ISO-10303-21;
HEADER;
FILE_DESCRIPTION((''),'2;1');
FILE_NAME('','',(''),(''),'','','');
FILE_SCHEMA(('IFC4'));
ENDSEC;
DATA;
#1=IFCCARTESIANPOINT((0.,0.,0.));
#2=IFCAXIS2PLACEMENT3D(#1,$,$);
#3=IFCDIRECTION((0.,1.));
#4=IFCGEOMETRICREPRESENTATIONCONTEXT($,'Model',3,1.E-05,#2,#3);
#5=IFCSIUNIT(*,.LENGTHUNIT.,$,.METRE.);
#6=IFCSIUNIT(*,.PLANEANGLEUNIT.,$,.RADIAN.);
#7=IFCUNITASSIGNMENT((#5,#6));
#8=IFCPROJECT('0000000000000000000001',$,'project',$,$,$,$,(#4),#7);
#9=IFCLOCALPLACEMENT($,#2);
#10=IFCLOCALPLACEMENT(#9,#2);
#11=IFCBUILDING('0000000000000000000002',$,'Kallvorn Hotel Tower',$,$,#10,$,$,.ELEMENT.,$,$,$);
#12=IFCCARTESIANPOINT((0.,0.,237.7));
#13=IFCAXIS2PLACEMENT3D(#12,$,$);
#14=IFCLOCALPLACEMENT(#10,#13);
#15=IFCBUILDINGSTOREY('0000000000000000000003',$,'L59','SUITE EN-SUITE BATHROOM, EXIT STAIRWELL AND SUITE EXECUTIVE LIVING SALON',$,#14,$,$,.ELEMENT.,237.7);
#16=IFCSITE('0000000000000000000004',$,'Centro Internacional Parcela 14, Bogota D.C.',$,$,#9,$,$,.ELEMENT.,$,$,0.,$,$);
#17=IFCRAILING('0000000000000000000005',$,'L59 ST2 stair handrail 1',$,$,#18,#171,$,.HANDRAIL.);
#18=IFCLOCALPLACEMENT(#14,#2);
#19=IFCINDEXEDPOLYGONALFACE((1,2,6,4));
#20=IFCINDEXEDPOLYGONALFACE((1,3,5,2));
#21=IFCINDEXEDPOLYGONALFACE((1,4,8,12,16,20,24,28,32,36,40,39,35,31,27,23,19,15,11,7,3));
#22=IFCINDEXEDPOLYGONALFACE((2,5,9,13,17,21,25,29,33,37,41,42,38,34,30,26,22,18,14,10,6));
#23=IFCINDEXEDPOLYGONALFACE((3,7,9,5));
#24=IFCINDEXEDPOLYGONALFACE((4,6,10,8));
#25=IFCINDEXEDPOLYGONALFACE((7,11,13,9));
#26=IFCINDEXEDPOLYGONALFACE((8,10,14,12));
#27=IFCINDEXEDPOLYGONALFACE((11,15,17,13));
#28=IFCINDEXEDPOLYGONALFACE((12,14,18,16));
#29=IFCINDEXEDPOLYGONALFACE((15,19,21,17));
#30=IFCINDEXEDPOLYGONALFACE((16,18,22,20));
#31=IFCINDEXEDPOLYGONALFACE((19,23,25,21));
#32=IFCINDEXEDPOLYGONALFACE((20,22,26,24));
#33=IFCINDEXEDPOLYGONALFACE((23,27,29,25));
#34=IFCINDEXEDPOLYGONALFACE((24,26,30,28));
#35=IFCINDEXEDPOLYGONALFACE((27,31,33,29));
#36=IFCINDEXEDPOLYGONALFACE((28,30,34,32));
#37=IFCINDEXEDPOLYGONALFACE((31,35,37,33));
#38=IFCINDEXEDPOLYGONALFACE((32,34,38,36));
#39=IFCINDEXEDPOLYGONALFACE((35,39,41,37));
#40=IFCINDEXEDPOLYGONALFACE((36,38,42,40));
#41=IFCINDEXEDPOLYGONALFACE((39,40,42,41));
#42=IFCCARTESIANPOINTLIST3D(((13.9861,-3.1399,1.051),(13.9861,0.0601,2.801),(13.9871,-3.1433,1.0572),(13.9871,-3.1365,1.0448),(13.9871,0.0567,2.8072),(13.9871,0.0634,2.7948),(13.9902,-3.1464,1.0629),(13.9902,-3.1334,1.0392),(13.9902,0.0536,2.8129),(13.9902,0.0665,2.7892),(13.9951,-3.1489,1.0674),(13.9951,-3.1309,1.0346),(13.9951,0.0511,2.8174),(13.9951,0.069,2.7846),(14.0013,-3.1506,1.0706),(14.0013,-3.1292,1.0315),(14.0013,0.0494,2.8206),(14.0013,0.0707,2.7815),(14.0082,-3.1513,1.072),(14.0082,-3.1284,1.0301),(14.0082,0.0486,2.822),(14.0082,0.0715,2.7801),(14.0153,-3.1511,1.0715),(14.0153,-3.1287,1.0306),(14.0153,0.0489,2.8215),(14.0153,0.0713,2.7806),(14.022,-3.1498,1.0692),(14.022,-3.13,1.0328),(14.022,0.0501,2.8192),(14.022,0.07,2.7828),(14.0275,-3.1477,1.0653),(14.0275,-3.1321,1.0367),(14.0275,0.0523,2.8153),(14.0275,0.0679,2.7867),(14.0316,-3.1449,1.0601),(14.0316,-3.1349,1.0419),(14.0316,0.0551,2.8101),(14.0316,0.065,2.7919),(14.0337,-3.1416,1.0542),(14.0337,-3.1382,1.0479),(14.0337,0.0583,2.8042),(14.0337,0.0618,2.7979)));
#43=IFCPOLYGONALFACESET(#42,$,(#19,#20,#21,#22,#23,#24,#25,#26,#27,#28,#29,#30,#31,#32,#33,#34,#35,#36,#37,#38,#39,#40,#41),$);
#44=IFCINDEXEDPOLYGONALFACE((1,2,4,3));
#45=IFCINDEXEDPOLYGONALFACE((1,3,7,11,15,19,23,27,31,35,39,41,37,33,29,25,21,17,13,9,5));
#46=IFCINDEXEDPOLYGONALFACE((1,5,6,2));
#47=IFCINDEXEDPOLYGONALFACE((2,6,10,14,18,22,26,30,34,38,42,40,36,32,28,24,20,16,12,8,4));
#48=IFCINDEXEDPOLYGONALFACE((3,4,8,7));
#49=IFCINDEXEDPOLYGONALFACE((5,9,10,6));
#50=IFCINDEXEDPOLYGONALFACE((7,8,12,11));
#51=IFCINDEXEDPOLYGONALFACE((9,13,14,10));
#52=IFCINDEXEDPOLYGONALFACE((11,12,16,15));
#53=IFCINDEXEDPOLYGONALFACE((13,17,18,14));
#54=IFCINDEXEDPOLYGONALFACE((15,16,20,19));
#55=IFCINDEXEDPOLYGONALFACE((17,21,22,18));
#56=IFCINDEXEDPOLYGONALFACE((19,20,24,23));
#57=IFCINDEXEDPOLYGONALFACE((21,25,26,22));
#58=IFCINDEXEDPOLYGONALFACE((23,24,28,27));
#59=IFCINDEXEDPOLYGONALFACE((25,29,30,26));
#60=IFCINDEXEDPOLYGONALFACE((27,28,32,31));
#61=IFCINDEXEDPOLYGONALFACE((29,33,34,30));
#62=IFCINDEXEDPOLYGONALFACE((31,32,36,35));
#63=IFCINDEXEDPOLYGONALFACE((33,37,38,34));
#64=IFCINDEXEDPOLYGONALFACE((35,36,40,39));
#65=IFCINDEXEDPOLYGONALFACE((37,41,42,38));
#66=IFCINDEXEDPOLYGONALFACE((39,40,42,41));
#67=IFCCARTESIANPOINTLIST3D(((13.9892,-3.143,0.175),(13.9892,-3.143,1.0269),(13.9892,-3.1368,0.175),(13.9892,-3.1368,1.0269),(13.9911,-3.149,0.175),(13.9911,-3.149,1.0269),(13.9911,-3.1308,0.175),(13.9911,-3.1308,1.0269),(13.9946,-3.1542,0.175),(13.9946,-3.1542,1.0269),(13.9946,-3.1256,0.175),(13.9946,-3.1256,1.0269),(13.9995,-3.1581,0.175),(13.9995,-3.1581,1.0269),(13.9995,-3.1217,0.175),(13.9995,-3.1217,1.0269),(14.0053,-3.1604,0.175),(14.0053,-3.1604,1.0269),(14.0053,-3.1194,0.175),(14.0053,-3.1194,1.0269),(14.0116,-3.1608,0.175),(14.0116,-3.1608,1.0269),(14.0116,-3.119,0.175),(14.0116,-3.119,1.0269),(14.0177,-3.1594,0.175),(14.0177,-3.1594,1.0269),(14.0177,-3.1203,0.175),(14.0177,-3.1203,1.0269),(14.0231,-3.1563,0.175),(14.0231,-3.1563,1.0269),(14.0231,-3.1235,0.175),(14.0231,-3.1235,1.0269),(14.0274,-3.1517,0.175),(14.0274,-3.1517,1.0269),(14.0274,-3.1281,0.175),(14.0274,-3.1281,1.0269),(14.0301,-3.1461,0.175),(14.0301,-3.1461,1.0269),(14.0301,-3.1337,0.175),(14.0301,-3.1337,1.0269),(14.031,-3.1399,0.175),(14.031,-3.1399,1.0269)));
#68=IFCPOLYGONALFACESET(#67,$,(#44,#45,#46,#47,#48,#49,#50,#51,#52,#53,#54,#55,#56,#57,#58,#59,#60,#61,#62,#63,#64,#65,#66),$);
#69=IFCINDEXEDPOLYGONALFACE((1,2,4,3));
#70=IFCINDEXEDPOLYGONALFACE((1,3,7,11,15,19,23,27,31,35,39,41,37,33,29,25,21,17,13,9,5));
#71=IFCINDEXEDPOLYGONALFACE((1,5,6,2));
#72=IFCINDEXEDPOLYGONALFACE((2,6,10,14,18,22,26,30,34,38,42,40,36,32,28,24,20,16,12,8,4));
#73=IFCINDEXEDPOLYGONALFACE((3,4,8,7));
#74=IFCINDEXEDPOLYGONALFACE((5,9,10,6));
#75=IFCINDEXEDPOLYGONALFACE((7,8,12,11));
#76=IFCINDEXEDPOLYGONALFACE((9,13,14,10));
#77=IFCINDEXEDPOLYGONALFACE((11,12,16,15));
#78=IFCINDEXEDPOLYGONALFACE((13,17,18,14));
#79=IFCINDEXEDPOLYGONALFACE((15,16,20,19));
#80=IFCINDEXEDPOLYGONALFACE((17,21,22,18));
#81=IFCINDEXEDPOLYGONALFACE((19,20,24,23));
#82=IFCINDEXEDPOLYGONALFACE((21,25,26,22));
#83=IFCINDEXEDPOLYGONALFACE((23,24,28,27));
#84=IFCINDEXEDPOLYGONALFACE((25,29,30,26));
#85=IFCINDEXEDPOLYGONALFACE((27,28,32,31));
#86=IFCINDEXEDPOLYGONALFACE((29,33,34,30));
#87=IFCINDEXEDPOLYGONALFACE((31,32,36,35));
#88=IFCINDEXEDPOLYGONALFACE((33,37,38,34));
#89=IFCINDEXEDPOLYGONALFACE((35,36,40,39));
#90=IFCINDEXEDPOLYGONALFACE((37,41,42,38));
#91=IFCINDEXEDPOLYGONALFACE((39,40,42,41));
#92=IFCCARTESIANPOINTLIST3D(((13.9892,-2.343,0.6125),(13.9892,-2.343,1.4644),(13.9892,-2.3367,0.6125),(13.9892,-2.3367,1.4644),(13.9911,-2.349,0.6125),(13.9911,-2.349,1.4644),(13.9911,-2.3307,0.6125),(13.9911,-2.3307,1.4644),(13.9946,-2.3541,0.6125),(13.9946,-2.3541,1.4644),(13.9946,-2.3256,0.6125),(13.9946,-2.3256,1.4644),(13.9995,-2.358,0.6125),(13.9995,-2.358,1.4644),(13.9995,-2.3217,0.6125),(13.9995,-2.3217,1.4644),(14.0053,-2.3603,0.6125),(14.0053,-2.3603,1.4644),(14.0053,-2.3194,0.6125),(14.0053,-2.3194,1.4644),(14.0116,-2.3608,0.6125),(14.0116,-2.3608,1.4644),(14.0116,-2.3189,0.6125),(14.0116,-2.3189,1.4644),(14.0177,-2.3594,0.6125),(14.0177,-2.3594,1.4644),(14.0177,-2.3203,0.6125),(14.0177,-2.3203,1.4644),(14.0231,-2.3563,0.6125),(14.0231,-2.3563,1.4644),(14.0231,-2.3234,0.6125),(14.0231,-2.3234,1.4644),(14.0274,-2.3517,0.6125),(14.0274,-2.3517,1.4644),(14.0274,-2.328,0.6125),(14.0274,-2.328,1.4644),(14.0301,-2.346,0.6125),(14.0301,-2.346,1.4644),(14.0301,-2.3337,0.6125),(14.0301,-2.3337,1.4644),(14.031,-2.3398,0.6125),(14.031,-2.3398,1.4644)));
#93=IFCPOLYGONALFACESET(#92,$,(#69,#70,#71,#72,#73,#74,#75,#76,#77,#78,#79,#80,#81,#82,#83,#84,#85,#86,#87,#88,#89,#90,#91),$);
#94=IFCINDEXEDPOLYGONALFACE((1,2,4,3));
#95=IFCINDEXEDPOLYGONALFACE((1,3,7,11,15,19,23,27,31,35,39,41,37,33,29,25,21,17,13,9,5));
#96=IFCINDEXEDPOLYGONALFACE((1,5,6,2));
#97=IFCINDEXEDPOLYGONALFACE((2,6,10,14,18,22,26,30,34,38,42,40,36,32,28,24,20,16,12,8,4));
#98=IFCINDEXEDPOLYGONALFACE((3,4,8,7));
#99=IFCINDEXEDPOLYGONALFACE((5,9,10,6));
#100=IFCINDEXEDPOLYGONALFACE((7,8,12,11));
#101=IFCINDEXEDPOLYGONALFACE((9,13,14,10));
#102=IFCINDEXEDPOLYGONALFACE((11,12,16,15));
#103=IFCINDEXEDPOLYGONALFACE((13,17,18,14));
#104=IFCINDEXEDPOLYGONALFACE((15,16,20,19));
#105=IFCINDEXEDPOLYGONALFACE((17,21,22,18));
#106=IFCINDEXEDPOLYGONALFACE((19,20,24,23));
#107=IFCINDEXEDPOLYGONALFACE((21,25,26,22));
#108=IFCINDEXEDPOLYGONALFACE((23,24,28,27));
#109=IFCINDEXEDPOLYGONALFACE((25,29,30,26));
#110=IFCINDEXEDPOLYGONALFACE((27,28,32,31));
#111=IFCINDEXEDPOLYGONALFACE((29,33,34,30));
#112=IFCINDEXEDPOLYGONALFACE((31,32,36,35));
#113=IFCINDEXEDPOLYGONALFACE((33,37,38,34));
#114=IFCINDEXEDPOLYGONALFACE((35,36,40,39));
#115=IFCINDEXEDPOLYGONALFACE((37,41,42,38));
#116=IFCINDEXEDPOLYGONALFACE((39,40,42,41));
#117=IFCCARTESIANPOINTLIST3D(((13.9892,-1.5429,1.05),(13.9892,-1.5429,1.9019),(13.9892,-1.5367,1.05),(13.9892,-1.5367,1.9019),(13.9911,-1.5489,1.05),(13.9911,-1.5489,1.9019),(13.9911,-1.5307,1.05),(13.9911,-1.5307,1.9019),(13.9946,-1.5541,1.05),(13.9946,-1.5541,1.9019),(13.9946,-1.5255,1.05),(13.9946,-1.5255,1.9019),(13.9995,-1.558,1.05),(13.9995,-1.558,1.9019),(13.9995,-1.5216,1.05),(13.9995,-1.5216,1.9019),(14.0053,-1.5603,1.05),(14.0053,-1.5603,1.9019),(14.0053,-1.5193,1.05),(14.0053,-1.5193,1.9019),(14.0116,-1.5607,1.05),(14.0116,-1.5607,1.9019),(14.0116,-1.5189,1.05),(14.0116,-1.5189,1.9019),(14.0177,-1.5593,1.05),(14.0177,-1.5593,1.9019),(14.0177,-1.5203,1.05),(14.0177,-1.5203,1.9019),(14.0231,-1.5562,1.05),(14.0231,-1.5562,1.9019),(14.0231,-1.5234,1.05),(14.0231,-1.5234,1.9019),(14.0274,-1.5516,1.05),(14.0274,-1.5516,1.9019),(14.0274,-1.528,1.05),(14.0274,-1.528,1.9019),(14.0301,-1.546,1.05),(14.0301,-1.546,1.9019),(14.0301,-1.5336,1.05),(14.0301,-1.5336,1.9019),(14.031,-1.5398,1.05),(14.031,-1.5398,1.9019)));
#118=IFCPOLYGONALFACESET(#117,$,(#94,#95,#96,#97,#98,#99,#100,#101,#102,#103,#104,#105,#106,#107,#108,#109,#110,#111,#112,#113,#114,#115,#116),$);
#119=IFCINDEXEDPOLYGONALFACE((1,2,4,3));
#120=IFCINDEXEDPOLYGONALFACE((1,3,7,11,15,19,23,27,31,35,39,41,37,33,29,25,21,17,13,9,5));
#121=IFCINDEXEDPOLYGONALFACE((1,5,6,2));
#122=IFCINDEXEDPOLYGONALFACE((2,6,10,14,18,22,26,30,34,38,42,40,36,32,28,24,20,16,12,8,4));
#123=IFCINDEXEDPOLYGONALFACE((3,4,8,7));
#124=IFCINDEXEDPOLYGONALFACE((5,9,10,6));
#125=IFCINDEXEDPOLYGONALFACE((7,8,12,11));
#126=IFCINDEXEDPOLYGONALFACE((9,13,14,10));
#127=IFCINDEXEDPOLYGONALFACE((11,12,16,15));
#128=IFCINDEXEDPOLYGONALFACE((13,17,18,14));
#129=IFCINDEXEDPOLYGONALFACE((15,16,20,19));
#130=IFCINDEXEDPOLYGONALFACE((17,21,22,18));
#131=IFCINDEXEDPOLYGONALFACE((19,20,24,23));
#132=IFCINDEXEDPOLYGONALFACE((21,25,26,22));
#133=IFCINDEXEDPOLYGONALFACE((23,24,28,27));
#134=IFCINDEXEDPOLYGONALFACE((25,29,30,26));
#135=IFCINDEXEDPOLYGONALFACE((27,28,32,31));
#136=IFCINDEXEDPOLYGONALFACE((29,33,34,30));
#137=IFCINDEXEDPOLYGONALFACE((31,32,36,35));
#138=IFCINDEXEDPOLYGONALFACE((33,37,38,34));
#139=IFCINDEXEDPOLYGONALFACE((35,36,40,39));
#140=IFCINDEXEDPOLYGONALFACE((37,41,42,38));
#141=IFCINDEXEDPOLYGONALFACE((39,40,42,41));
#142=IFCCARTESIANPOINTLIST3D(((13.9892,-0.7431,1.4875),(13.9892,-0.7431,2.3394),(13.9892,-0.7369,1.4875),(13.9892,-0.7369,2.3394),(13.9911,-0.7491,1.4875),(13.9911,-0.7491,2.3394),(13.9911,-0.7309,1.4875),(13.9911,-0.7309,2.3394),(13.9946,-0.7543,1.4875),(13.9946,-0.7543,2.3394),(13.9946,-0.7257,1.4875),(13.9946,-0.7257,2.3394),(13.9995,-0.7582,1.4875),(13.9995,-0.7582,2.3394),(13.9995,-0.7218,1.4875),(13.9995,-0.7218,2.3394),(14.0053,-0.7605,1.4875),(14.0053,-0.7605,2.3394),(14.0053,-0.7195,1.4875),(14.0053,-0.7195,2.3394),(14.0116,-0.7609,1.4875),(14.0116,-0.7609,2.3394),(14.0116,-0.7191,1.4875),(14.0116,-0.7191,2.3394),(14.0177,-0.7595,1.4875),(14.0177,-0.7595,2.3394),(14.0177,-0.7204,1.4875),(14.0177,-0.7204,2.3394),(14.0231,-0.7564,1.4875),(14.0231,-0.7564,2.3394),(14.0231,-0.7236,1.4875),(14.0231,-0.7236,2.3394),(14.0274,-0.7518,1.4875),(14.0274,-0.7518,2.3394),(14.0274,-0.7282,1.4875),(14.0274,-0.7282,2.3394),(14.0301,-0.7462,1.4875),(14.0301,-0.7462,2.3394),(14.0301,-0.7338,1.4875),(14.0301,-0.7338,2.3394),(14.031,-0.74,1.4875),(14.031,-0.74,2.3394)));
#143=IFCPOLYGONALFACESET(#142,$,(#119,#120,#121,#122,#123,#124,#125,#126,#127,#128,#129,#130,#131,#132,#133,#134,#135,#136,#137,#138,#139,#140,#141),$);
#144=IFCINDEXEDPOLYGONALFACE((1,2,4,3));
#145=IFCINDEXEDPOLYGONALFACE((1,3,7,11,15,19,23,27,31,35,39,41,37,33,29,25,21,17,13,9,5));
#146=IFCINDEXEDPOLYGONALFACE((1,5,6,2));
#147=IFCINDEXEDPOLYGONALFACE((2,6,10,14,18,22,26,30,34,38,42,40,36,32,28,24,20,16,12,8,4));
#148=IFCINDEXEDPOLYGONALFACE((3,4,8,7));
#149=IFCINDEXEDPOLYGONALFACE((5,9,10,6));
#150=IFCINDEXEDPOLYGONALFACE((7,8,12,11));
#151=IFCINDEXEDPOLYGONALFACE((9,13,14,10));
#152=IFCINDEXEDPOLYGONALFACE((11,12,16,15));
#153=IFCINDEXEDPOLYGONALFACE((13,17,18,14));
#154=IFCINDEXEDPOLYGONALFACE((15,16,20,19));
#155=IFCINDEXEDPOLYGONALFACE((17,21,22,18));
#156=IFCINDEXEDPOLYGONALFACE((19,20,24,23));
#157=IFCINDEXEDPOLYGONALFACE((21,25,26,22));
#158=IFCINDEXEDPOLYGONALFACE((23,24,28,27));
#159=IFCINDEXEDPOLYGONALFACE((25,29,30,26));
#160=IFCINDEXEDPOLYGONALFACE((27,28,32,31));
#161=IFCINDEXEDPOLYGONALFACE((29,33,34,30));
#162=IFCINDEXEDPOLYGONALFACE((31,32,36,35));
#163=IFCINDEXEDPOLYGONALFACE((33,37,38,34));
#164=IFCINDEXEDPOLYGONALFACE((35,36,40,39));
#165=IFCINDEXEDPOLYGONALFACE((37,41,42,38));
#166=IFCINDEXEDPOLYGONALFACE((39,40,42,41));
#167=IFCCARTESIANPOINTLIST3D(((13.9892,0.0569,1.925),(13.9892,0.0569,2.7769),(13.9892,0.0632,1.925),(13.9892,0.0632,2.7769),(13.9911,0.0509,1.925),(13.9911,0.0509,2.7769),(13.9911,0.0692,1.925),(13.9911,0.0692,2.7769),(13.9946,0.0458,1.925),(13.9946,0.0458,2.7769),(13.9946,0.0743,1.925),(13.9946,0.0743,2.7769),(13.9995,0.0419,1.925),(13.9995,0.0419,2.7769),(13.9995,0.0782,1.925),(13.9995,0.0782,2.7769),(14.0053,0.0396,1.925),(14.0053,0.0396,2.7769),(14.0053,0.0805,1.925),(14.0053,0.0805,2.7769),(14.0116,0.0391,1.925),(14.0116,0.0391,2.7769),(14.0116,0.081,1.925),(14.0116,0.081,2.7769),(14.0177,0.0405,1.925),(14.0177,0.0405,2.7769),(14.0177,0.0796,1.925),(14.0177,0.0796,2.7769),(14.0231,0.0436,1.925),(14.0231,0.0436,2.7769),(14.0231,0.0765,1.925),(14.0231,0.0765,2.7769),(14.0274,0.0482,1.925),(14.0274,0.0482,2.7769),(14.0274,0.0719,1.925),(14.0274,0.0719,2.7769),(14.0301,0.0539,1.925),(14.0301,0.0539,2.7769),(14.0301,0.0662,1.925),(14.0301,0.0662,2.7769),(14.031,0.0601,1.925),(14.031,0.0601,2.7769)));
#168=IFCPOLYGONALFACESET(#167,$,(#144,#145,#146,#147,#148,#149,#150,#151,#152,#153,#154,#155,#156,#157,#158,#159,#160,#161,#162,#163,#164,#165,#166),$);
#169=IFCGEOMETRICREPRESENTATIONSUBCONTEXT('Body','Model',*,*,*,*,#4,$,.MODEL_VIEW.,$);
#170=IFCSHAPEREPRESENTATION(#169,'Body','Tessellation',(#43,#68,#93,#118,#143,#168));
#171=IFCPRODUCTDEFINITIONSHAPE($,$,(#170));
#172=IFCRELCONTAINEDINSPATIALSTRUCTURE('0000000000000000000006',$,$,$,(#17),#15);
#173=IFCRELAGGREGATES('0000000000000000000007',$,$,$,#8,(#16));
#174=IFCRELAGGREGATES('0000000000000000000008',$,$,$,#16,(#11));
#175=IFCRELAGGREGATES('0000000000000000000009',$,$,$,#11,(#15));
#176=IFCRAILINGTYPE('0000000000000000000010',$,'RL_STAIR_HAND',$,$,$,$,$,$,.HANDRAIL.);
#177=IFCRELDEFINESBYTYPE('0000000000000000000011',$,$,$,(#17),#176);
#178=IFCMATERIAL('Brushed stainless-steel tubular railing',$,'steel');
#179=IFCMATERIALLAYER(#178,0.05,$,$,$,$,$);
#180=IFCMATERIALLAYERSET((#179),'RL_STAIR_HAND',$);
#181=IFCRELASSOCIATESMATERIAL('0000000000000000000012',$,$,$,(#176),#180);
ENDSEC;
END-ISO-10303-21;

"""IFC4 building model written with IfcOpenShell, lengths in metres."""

from ifc_helpers import new_model, si_unit, direction, frame, origin, origin_2d, place, context, subcontext, project, spatial, circle, extrude, material, layer, layer_set, type_object, element, save


model = new_model("IFC4")

# Units and contexts
model_context = context("Model", 3, precision=1e-05, world=origin(), true_north=direction((0.0, 1.0)))
body_context = subcontext(model_context, "Body", "Model", "MODEL_VIEW")
ifc_project = project(units=[si_unit("LENGTHUNIT", "METRE"), si_unit("PLANEANGLEUNIT", "RADIAN")], contexts=[model_context])

# Site, building, storey
site_placement = place(None, origin())
site = spatial("IfcSite", under=ifc_project, at=site_placement, Name="Centro Internacional Parcela 14, Bogota D.C.", CompositionType="ELEMENT", RefElevation=0.0)
building_placement = place(site_placement, origin())
building = spatial("IfcBuilding", under=site, at=building_placement, Name="Kallvorn Hotel Tower", CompositionType="ELEMENT")
storey_placement = place(building_placement, frame((0.0, 0.0, 237.7)))
storey = spatial("IfcBuildingStorey", under=building, at=storey_placement, Name="L59", Description="SUITE EN-SUITE BATHROOM, EXIT STAIRWELL AND SUITE EXECUTIVE LIVING SALON", CompositionType="ELEMENT", Elevation=237.7)

# Railing
ifc_material_1 = material(Name="Brushed stainless-steel tubular railing", Category="steel")
ifc_layer_1 = layer(ifc_material_1, 0.05)
ifc_layer_set_1 = layer_set([ifc_layer_1], Name="RL_STAIR_HAND")
railing_type_1 = type_object("IfcRailingType", Name="RL_STAIR_HAND", PredefinedType="HANDRAIL", material=ifc_layer_set_1)
railing_1_placement = place(storey_placement, frame((14.01, -3.1399, 0.175)))
element("IfcRailing", 1, at=railing_1_placement, inside=storey, type_object=railing_type_1, Name="L59 ST2 stair handrail 1", PredefinedType="HANDRAIL", context=body_context, shape_type="SweptSolid", body=[
    extrude(circle(Radius=0.0239, at=origin_2d()), frame((0.0, 0.0, 0.876), z_axis=(0.0, 0.877368, 0.479818), x_axis=(-1.0, 0.0, 0.0)), (0.0, 0.0, 1.0), 3.6472),
    extrude(circle(Radius=0.021, at=origin_2d()), origin(), (0.0, 0.0, 1.0), 0.8518),
    extrude(circle(Radius=0.021, at=origin_2d()), frame((0.0, 0.8, 0.4375)), (0.0, 0.0, 1.0), 0.8518),
    extrude(circle(Radius=0.021, at=origin_2d()), frame((0.0, 1.6001, 0.875)), (0.0, 0.0, 1.0), 0.8518),
    extrude(circle(Radius=0.021, at=origin_2d()), frame((0.0, 2.3999, 1.3125)), (0.0, 0.0, 1.0), 0.8518),
    extrude(circle(Radius=0.021, at=origin_2d()), frame((0.0, 3.2, 1.75)), (0.0, 0.0, 1.0), 0.8518),
])

save(model, "model.ifc")
